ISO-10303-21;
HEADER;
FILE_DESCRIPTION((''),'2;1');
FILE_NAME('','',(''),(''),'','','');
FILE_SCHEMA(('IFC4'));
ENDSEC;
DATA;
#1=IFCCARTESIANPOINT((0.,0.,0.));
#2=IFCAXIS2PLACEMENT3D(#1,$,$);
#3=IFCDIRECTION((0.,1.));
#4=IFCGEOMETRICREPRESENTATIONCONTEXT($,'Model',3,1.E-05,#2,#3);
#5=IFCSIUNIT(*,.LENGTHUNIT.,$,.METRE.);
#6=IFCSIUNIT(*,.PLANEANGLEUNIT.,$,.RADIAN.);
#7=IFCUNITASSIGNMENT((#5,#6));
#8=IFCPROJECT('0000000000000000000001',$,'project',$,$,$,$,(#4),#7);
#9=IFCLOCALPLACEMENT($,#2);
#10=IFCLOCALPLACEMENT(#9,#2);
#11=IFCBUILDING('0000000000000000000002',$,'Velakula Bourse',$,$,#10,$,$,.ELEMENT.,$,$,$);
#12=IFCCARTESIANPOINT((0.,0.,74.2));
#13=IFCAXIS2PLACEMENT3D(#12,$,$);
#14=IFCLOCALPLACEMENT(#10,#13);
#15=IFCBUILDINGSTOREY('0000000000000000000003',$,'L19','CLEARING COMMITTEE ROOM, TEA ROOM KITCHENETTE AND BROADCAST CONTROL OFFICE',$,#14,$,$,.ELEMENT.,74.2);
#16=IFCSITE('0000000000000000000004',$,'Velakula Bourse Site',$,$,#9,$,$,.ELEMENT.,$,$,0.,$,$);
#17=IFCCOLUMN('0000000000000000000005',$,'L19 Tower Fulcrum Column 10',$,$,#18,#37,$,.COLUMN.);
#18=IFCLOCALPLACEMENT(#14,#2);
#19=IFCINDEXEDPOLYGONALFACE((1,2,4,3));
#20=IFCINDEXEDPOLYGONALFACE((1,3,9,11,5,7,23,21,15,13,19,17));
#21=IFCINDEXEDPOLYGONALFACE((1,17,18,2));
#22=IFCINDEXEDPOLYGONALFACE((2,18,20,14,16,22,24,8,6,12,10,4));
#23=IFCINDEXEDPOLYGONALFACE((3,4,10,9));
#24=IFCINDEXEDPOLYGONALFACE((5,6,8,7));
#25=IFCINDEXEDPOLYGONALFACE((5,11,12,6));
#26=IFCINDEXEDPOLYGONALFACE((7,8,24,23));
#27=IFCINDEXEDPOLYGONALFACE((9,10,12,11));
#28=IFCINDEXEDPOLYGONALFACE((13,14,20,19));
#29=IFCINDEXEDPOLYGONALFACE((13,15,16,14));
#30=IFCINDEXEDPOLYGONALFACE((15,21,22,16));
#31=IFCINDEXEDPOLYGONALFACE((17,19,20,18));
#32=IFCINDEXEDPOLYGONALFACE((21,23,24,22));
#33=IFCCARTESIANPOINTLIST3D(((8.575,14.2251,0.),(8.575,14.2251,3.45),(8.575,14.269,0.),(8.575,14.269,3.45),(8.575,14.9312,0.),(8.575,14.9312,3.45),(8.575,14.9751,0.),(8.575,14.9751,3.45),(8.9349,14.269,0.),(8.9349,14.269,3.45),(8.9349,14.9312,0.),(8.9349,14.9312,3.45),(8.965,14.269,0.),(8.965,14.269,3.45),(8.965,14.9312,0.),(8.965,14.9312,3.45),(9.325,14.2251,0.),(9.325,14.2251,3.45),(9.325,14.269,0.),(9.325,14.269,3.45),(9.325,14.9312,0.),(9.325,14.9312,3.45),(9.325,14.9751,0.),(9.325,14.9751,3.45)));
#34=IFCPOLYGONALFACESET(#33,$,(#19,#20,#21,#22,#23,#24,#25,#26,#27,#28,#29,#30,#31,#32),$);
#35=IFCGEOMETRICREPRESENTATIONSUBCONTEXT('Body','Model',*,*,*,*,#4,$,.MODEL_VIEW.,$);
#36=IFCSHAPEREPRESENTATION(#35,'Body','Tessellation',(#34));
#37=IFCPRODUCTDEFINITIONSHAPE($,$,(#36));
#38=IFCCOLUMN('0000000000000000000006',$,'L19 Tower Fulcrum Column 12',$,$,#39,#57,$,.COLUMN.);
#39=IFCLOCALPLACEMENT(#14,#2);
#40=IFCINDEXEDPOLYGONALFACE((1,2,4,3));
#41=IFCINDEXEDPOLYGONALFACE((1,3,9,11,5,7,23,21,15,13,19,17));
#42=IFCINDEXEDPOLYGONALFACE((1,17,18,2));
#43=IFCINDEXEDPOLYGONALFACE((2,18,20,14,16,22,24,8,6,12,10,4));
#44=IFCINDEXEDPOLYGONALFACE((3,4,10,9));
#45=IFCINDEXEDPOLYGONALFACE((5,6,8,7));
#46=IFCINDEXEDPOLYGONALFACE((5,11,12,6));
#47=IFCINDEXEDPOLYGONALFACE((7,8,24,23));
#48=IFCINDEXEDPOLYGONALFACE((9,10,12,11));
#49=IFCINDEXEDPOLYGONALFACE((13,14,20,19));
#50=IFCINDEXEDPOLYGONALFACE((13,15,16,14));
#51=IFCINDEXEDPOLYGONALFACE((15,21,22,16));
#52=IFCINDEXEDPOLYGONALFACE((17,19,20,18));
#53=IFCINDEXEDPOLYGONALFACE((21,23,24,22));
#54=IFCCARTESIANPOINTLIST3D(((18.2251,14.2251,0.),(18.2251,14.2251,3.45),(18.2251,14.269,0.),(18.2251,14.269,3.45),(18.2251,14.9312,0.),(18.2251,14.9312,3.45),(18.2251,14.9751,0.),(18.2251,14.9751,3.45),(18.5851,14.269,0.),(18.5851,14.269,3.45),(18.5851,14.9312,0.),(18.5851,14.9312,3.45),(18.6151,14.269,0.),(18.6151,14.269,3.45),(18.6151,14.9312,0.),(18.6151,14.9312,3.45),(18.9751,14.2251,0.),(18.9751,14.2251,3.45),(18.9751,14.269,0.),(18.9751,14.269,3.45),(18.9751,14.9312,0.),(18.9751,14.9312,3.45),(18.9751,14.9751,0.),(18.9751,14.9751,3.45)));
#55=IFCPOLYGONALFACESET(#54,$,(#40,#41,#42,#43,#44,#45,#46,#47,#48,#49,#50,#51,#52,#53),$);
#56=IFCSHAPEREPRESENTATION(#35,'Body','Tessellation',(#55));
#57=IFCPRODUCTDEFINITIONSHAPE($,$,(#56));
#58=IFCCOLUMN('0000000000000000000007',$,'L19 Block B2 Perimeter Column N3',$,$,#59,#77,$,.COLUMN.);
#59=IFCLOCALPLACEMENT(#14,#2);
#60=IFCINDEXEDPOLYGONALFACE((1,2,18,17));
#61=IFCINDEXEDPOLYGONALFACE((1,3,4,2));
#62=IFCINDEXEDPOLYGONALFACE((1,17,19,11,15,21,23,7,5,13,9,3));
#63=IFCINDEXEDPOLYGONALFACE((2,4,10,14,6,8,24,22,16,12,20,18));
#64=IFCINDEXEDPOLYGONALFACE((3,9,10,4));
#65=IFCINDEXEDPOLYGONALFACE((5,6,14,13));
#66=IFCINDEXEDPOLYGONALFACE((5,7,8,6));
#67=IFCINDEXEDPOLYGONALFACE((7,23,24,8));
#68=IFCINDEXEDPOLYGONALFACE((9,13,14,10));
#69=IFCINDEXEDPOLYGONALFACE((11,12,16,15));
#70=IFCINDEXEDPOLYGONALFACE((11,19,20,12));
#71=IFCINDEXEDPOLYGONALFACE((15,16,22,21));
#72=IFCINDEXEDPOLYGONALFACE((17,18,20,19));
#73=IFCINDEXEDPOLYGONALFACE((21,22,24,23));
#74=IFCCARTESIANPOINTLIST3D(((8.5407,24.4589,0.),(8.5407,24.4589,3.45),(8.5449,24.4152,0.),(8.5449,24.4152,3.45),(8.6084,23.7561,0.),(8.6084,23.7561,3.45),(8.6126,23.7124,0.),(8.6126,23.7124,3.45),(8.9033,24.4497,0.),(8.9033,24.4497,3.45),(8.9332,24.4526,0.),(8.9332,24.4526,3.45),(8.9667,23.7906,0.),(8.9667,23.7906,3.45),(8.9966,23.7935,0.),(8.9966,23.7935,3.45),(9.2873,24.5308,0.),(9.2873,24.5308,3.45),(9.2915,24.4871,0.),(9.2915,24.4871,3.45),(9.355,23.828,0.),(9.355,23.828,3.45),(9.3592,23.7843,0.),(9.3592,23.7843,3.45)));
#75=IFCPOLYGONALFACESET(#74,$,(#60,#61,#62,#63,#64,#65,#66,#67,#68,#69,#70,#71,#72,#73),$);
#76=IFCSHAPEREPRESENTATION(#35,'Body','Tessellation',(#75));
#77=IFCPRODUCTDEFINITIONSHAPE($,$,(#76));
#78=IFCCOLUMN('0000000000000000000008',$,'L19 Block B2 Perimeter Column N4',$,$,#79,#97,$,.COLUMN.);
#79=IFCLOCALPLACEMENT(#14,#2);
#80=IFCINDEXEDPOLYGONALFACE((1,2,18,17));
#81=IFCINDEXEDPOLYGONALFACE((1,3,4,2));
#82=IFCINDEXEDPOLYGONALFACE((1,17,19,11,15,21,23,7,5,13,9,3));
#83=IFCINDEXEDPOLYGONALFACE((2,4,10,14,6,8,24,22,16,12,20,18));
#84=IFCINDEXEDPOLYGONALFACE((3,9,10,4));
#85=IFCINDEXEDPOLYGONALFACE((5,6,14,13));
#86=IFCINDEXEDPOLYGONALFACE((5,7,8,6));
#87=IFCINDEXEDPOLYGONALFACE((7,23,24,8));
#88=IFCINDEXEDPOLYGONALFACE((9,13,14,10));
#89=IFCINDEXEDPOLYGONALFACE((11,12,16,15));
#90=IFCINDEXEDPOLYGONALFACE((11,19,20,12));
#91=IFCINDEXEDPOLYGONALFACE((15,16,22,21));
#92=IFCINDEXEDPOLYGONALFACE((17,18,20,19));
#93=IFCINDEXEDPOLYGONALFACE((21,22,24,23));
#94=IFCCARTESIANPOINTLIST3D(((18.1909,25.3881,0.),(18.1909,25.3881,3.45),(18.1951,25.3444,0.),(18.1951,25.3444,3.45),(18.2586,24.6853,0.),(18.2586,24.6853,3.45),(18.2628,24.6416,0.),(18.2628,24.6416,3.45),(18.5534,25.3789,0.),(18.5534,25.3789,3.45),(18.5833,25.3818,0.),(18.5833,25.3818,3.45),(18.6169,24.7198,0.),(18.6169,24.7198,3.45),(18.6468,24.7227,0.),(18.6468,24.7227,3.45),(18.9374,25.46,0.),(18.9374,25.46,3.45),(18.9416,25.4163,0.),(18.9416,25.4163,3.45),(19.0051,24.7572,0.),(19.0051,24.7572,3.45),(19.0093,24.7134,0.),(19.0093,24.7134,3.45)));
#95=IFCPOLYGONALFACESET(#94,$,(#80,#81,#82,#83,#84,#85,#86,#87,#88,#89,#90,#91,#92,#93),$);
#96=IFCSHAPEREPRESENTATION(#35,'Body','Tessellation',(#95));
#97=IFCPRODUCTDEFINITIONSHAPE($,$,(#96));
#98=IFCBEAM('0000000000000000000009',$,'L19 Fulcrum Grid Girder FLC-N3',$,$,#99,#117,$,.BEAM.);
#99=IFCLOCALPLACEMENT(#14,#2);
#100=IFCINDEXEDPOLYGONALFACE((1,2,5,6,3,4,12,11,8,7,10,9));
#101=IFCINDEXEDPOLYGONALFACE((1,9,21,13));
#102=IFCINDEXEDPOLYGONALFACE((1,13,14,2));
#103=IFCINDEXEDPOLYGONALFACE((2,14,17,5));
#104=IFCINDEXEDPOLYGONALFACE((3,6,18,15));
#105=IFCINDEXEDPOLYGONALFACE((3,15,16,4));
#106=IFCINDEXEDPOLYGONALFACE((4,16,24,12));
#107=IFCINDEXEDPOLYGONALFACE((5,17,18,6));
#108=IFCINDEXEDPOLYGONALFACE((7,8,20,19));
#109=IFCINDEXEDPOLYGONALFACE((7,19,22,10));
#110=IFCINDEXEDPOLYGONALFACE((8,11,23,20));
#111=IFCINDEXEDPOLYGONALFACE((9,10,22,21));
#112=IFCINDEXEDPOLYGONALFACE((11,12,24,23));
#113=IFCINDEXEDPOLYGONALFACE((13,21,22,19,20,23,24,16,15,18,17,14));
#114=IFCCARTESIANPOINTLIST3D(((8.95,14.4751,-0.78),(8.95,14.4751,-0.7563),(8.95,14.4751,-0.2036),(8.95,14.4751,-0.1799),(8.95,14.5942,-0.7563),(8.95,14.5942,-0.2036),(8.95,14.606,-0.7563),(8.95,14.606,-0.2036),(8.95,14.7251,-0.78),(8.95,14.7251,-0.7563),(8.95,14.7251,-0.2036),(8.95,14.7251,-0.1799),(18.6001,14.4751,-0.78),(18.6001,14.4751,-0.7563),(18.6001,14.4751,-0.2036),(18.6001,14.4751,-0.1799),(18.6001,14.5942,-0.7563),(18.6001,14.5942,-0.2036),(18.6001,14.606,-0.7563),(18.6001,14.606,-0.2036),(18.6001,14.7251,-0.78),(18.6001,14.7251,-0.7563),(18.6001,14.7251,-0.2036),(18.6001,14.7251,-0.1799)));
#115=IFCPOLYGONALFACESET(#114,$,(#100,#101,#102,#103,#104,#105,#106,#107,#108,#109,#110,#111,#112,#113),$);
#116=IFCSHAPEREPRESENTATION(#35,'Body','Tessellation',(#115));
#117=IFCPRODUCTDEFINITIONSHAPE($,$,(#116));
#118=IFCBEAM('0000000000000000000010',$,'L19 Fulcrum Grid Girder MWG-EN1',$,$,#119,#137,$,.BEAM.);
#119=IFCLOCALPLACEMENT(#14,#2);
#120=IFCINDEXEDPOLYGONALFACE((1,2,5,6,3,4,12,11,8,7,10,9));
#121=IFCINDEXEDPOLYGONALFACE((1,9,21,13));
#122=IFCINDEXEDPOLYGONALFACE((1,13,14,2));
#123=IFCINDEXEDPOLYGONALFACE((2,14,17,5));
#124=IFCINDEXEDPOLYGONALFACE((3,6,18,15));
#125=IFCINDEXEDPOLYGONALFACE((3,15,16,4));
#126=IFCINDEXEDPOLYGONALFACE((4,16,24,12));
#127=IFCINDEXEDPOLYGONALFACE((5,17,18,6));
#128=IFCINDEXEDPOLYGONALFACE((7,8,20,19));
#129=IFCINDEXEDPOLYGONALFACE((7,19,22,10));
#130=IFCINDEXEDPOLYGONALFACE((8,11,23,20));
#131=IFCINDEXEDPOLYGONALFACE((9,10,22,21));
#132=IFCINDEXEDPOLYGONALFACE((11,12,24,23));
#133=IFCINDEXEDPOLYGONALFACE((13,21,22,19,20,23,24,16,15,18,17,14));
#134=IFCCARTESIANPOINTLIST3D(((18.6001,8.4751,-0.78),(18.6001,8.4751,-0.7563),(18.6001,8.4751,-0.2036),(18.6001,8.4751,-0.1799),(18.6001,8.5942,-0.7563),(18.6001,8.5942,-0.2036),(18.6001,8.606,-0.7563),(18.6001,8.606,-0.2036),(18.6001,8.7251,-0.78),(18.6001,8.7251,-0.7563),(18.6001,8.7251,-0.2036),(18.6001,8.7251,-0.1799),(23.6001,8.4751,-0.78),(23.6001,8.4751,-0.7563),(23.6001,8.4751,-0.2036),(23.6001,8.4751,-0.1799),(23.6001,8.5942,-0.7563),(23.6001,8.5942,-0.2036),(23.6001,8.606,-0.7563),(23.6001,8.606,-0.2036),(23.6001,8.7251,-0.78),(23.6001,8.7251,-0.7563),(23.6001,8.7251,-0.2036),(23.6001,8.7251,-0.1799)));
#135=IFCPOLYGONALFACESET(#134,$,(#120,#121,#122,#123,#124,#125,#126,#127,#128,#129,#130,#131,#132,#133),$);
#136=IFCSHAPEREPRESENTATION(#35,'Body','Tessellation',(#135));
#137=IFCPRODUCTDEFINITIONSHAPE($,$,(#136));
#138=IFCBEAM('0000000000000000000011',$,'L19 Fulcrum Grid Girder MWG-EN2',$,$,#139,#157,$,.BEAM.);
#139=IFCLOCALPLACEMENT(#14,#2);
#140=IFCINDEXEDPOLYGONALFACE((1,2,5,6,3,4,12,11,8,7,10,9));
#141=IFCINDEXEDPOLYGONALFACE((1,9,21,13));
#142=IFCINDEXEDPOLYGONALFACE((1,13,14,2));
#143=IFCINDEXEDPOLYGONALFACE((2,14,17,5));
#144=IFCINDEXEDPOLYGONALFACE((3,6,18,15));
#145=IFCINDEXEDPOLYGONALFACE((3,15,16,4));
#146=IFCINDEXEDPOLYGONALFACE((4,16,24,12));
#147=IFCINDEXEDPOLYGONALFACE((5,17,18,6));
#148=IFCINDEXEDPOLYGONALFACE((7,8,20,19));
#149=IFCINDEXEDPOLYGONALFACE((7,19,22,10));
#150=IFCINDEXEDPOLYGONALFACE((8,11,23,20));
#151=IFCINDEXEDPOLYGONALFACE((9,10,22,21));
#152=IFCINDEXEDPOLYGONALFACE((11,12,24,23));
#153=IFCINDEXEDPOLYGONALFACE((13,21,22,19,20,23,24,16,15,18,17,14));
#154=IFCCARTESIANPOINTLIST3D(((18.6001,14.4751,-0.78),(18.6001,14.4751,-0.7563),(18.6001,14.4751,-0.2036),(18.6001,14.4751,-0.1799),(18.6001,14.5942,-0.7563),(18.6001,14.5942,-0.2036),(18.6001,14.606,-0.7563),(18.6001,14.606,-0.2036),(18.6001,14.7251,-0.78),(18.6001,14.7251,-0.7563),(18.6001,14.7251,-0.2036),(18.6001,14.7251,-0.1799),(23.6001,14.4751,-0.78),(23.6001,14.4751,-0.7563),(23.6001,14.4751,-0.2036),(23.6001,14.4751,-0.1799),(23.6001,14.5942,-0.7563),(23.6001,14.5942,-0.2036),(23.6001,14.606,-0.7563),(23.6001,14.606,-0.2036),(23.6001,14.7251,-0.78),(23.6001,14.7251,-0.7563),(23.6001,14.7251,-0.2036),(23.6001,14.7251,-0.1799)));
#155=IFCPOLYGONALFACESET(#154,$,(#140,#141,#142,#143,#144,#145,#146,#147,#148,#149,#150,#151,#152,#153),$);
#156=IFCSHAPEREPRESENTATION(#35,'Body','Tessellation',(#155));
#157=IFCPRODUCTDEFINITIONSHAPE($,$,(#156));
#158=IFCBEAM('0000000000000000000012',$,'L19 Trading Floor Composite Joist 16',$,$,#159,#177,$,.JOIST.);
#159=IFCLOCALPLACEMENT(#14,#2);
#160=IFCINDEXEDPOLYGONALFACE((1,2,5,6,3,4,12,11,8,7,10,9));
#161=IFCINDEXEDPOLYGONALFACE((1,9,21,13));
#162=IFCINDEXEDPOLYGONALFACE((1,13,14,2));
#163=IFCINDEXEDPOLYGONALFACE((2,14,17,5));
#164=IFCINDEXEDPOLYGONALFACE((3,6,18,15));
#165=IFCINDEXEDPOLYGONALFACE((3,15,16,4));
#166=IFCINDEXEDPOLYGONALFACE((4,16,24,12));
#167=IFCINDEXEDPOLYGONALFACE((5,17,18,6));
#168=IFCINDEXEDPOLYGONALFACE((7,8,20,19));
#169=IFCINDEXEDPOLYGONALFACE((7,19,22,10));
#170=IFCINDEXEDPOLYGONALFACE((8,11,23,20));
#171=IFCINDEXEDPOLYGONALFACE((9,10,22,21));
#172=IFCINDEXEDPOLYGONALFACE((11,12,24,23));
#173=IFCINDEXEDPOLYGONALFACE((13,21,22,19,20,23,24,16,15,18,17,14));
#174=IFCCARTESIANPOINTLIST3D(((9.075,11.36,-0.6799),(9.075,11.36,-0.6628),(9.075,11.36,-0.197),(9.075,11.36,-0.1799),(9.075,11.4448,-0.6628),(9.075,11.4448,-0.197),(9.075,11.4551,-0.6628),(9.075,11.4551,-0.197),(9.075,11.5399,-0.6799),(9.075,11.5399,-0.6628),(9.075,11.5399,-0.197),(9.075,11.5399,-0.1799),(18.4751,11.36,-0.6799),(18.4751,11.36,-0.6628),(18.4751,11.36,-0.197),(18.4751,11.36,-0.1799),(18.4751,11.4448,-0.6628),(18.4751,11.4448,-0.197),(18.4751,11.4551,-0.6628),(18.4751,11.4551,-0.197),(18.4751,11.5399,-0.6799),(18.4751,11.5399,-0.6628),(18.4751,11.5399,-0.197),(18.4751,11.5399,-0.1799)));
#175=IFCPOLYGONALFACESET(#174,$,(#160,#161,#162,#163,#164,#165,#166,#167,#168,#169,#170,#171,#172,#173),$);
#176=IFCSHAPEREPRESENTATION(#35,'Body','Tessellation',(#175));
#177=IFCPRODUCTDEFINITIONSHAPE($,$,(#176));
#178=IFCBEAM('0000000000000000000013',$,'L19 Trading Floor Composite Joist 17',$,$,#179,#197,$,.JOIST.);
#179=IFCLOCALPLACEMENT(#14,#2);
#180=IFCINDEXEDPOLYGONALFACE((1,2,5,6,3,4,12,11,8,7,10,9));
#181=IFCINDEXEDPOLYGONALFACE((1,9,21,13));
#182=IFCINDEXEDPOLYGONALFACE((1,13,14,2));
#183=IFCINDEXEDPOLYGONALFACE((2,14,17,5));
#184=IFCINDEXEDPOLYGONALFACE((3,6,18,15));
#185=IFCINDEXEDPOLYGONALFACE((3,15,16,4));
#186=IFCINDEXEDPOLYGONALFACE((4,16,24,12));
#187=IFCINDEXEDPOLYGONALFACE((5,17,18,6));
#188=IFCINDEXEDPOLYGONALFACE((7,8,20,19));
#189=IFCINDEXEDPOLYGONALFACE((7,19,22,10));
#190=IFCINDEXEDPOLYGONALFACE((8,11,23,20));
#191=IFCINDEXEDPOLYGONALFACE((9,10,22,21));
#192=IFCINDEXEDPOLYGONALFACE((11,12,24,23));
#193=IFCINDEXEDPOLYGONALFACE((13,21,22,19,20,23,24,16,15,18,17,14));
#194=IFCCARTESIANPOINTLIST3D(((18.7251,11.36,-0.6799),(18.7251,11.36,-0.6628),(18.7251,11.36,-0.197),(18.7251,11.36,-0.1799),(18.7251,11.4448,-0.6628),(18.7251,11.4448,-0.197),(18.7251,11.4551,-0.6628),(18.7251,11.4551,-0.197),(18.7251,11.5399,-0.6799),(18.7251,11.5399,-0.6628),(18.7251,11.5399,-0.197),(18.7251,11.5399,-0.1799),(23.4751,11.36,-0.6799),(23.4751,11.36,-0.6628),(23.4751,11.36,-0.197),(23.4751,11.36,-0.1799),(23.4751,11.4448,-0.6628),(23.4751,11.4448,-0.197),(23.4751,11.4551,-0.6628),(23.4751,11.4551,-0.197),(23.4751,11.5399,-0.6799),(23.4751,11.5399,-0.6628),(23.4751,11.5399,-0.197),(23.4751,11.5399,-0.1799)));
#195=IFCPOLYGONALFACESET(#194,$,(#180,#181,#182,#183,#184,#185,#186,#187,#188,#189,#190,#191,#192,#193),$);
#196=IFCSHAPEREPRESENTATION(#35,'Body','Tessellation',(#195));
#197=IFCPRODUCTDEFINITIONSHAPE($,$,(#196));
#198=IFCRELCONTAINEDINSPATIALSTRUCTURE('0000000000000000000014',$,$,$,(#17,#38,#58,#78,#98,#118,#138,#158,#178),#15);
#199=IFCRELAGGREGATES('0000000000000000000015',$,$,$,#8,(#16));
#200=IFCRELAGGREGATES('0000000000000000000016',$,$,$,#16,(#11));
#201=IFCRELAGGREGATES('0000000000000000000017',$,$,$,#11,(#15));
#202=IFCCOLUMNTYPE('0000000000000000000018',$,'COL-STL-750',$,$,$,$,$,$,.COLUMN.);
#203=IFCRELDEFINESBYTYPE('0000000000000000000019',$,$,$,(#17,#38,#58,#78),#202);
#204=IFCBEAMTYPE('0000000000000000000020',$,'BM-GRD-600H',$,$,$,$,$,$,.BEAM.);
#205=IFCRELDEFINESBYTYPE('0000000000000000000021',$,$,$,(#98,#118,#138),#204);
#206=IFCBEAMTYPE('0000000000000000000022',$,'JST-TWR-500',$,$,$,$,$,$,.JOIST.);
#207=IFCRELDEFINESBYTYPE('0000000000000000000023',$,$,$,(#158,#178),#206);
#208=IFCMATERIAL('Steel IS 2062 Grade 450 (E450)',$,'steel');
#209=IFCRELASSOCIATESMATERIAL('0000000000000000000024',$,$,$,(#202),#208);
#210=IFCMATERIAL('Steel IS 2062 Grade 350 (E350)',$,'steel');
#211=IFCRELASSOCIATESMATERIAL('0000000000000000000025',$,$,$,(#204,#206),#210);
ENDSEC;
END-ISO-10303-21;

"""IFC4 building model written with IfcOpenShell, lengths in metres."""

from ifc_helpers import new_model, si_unit, direction, frame, origin, origin_2d, place, context, subcontext, project, spatial, i_section, extrude, material, material_profile, profile_set, type_object, element, save


model = new_model("IFC4")

# Units and contexts
model_context = context("Model", 3, precision=1e-05, world=origin(), true_north=direction((0.0, 1.0)))
body_context = subcontext(model_context, "Body", "Model", "MODEL_VIEW")
ifc_project = project(units=[si_unit("LENGTHUNIT", "METRE"), si_unit("PLANEANGLEUNIT", "RADIAN")], contexts=[model_context])

# Site, building, storey
site_placement = place(None, origin())
site = spatial("IfcSite", under=ifc_project, at=site_placement, Name="Velakula Bourse Site", CompositionType="ELEMENT", RefElevation=0.0)
building_placement = place(site_placement, origin())
building = spatial("IfcBuilding", under=site, at=building_placement, Name="Velakula Bourse", CompositionType="ELEMENT")
storey_placement = place(building_placement, frame((0.0, 0.0, 74.2)))
storey = spatial("IfcBuildingStorey", under=building, at=storey_placement, Name="L19", Description="CLEARING COMMITTEE ROOM, TEA ROOM KITCHENETTE AND BROADCAST CONTROL OFFICE", CompositionType="ELEMENT", Elevation=74.2)

# Columns
ifc_material_1 = material(Name="Steel IS 2062 Grade 450 (E450)", Category="steel")
ifc_material_profile_1 = material_profile(ifc_material_1, i_section(OverallWidth=0.75, OverallDepth=0.75, WebThickness=0.03, FlangeThickness=0.0439, at=origin_2d()), Name="Steel IS 2062 Grade 450 (E450)")
ifc_profile_set_1 = profile_set([ifc_material_profile_1], Name="Steel IS 2062 Grade 450 (E450)")
column_type = type_object("IfcColumnType", Name="COL-STL-750", PredefinedType="COLUMN", material=ifc_profile_set_1)
for number, where, z_axis, x_axis, name in (
    (1, (8.95, 14.6001, 0.0), (0.0, 0.0, 1.0), (1.0, 0.0, 0.0), "L19 Tower Fulcrum Column 10"),
    (2, (18.6001, 14.6001, 0.0), (0.0, 0.0, 1.0), (1.0, 0.0, 0.0), "L19 Tower Fulcrum Column 12"),
    (3, (8.95, 24.1216, 0.0), (0.0, 0.0, 1.0), (0.995396, 0.095846, 0.0), "L19 Block B2 Perimeter Column N3"),
    (4, (18.6001, 25.0508, 0.0), (0.0, 0.0, 1.0), (0.995396, 0.095846, 0.0), "L19 Block B2 Perimeter Column N4"),
):
    element("IfcColumn", number, at=place(storey_placement, frame(where, z_axis=z_axis, x_axis=x_axis)), inside=storey, type_object=column_type, Name=name, PredefinedType="COLUMN", context=body_context, shape_type="SweptSolid", body=[
        extrude(i_section(OverallWidth=0.75, OverallDepth=0.75, WebThickness=0.03, FlangeThickness=0.0439, at=origin_2d()), origin(), (0.0, 0.0, 1.0), 3.45),
    ])

# Beams
ifc_material_2 = material(Name="Steel IS 2062 Grade 350 (E350)", Category="steel")
ifc_material_profile_2 = material_profile(ifc_material_2, i_section(OverallWidth=0.25, OverallDepth=0.6001, WebThickness=0.0117, FlangeThickness=0.0237, at=origin_2d()), Name="Steel IS 2062 Grade 350 (E350)")
ifc_profile_set_2 = profile_set([ifc_material_profile_2], Name="Steel IS 2062 Grade 350 (E350)")
beam_type_1 = type_object("IfcBeamType", Name="BM-GRD-600H", PredefinedType="BEAM", material=ifc_profile_set_2)
beam_1_placement = place(storey_placement, frame((8.95, 14.6001, -0.48), z_axis=(1.0, 0.0, 0.0), x_axis=(0.0, 1.0, 0.0)))
element("IfcBeam", 5, at=beam_1_placement, inside=storey, type_object=beam_type_1, Name="L19 Fulcrum Grid Girder FLC-N3", PredefinedType="BEAM", context=body_context, shape_type="SweptSolid", body=[
    extrude(i_section(OverallWidth=0.25, OverallDepth=0.6001, WebThickness=0.0117, FlangeThickness=0.0237, at=origin_2d()), origin(), (0.0, 0.0, 1.0), 9.6501),
])
for number, where, z_axis, x_axis, name in (
    (6, (18.6001, 8.6001, -0.48), (1.0, 0.0, 0.0), (0.0, 1.0, 0.0), "L19 Fulcrum Grid Girder MWG-EN1"),
    (7, (18.6001, 14.6001, -0.48), (1.0, 0.0, 0.0), (0.0, 1.0, 0.0), "L19 Fulcrum Grid Girder MWG-EN2"),
):
    element("IfcBeam", number, at=place(storey_placement, frame(where, z_axis=z_axis, x_axis=x_axis)), inside=storey, type_object=beam_type_1, Name=name, PredefinedType="BEAM", context=body_context, shape_type="SweptSolid", body=[
        extrude(i_section(OverallWidth=0.25, OverallDepth=0.6001, WebThickness=0.0117, FlangeThickness=0.0237, at=origin_2d()), origin(), (0.0, 0.0, 1.0), 5.0),
    ])
ifc_material_profile_3 = material_profile(ifc_material_2, i_section(OverallWidth=0.1799, OverallDepth=0.5, WebThickness=0.0103, FlangeThickness=0.0171, at=origin_2d()), Name="Steel IS 2062 Grade 350 (E350)")
ifc_profile_set_3 = profile_set([ifc_material_profile_3], Name="Steel IS 2062 Grade 350 (E350)")
beam_type_2 = type_object("IfcBeamType", Name="JST-TWR-500", PredefinedType="JOIST", material=ifc_profile_set_3)
beam_2_placement = place(storey_placement, frame((9.075, 11.45, -0.4299), z_axis=(1.0, 0.0, 0.0), x_axis=(0.0, 1.0, 0.0)))
element("IfcBeam", 8, at=beam_2_placement, inside=storey, type_object=beam_type_2, Name="L19 Trading Floor Composite Joist 16", PredefinedType="JOIST", context=body_context, shape_type="SweptSolid", body=[
    extrude(i_section(OverallWidth=0.1799, OverallDepth=0.5, WebThickness=0.0103, FlangeThickness=0.0171, at=origin_2d()), origin(), (0.0, 0.0, 1.0), 9.4001),
])
beam_3_placement = place(storey_placement, frame((18.7251, 11.45, -0.4299), z_axis=(1.0, 0.0, 0.0), x_axis=(0.0, 1.0, 0.0)))
element("IfcBeam", 9, at=beam_3_placement, inside=storey, type_object=beam_type_2, Name="L19 Trading Floor Composite Joist 17", PredefinedType="JOIST", context=body_context, shape_type="SweptSolid", body=[
    extrude(i_section(OverallWidth=0.1799, OverallDepth=0.5, WebThickness=0.0103, FlangeThickness=0.0171, at=origin_2d()), origin(), (0.0, 0.0, 1.0), 4.75),
])

save(model, "model.ifc")
